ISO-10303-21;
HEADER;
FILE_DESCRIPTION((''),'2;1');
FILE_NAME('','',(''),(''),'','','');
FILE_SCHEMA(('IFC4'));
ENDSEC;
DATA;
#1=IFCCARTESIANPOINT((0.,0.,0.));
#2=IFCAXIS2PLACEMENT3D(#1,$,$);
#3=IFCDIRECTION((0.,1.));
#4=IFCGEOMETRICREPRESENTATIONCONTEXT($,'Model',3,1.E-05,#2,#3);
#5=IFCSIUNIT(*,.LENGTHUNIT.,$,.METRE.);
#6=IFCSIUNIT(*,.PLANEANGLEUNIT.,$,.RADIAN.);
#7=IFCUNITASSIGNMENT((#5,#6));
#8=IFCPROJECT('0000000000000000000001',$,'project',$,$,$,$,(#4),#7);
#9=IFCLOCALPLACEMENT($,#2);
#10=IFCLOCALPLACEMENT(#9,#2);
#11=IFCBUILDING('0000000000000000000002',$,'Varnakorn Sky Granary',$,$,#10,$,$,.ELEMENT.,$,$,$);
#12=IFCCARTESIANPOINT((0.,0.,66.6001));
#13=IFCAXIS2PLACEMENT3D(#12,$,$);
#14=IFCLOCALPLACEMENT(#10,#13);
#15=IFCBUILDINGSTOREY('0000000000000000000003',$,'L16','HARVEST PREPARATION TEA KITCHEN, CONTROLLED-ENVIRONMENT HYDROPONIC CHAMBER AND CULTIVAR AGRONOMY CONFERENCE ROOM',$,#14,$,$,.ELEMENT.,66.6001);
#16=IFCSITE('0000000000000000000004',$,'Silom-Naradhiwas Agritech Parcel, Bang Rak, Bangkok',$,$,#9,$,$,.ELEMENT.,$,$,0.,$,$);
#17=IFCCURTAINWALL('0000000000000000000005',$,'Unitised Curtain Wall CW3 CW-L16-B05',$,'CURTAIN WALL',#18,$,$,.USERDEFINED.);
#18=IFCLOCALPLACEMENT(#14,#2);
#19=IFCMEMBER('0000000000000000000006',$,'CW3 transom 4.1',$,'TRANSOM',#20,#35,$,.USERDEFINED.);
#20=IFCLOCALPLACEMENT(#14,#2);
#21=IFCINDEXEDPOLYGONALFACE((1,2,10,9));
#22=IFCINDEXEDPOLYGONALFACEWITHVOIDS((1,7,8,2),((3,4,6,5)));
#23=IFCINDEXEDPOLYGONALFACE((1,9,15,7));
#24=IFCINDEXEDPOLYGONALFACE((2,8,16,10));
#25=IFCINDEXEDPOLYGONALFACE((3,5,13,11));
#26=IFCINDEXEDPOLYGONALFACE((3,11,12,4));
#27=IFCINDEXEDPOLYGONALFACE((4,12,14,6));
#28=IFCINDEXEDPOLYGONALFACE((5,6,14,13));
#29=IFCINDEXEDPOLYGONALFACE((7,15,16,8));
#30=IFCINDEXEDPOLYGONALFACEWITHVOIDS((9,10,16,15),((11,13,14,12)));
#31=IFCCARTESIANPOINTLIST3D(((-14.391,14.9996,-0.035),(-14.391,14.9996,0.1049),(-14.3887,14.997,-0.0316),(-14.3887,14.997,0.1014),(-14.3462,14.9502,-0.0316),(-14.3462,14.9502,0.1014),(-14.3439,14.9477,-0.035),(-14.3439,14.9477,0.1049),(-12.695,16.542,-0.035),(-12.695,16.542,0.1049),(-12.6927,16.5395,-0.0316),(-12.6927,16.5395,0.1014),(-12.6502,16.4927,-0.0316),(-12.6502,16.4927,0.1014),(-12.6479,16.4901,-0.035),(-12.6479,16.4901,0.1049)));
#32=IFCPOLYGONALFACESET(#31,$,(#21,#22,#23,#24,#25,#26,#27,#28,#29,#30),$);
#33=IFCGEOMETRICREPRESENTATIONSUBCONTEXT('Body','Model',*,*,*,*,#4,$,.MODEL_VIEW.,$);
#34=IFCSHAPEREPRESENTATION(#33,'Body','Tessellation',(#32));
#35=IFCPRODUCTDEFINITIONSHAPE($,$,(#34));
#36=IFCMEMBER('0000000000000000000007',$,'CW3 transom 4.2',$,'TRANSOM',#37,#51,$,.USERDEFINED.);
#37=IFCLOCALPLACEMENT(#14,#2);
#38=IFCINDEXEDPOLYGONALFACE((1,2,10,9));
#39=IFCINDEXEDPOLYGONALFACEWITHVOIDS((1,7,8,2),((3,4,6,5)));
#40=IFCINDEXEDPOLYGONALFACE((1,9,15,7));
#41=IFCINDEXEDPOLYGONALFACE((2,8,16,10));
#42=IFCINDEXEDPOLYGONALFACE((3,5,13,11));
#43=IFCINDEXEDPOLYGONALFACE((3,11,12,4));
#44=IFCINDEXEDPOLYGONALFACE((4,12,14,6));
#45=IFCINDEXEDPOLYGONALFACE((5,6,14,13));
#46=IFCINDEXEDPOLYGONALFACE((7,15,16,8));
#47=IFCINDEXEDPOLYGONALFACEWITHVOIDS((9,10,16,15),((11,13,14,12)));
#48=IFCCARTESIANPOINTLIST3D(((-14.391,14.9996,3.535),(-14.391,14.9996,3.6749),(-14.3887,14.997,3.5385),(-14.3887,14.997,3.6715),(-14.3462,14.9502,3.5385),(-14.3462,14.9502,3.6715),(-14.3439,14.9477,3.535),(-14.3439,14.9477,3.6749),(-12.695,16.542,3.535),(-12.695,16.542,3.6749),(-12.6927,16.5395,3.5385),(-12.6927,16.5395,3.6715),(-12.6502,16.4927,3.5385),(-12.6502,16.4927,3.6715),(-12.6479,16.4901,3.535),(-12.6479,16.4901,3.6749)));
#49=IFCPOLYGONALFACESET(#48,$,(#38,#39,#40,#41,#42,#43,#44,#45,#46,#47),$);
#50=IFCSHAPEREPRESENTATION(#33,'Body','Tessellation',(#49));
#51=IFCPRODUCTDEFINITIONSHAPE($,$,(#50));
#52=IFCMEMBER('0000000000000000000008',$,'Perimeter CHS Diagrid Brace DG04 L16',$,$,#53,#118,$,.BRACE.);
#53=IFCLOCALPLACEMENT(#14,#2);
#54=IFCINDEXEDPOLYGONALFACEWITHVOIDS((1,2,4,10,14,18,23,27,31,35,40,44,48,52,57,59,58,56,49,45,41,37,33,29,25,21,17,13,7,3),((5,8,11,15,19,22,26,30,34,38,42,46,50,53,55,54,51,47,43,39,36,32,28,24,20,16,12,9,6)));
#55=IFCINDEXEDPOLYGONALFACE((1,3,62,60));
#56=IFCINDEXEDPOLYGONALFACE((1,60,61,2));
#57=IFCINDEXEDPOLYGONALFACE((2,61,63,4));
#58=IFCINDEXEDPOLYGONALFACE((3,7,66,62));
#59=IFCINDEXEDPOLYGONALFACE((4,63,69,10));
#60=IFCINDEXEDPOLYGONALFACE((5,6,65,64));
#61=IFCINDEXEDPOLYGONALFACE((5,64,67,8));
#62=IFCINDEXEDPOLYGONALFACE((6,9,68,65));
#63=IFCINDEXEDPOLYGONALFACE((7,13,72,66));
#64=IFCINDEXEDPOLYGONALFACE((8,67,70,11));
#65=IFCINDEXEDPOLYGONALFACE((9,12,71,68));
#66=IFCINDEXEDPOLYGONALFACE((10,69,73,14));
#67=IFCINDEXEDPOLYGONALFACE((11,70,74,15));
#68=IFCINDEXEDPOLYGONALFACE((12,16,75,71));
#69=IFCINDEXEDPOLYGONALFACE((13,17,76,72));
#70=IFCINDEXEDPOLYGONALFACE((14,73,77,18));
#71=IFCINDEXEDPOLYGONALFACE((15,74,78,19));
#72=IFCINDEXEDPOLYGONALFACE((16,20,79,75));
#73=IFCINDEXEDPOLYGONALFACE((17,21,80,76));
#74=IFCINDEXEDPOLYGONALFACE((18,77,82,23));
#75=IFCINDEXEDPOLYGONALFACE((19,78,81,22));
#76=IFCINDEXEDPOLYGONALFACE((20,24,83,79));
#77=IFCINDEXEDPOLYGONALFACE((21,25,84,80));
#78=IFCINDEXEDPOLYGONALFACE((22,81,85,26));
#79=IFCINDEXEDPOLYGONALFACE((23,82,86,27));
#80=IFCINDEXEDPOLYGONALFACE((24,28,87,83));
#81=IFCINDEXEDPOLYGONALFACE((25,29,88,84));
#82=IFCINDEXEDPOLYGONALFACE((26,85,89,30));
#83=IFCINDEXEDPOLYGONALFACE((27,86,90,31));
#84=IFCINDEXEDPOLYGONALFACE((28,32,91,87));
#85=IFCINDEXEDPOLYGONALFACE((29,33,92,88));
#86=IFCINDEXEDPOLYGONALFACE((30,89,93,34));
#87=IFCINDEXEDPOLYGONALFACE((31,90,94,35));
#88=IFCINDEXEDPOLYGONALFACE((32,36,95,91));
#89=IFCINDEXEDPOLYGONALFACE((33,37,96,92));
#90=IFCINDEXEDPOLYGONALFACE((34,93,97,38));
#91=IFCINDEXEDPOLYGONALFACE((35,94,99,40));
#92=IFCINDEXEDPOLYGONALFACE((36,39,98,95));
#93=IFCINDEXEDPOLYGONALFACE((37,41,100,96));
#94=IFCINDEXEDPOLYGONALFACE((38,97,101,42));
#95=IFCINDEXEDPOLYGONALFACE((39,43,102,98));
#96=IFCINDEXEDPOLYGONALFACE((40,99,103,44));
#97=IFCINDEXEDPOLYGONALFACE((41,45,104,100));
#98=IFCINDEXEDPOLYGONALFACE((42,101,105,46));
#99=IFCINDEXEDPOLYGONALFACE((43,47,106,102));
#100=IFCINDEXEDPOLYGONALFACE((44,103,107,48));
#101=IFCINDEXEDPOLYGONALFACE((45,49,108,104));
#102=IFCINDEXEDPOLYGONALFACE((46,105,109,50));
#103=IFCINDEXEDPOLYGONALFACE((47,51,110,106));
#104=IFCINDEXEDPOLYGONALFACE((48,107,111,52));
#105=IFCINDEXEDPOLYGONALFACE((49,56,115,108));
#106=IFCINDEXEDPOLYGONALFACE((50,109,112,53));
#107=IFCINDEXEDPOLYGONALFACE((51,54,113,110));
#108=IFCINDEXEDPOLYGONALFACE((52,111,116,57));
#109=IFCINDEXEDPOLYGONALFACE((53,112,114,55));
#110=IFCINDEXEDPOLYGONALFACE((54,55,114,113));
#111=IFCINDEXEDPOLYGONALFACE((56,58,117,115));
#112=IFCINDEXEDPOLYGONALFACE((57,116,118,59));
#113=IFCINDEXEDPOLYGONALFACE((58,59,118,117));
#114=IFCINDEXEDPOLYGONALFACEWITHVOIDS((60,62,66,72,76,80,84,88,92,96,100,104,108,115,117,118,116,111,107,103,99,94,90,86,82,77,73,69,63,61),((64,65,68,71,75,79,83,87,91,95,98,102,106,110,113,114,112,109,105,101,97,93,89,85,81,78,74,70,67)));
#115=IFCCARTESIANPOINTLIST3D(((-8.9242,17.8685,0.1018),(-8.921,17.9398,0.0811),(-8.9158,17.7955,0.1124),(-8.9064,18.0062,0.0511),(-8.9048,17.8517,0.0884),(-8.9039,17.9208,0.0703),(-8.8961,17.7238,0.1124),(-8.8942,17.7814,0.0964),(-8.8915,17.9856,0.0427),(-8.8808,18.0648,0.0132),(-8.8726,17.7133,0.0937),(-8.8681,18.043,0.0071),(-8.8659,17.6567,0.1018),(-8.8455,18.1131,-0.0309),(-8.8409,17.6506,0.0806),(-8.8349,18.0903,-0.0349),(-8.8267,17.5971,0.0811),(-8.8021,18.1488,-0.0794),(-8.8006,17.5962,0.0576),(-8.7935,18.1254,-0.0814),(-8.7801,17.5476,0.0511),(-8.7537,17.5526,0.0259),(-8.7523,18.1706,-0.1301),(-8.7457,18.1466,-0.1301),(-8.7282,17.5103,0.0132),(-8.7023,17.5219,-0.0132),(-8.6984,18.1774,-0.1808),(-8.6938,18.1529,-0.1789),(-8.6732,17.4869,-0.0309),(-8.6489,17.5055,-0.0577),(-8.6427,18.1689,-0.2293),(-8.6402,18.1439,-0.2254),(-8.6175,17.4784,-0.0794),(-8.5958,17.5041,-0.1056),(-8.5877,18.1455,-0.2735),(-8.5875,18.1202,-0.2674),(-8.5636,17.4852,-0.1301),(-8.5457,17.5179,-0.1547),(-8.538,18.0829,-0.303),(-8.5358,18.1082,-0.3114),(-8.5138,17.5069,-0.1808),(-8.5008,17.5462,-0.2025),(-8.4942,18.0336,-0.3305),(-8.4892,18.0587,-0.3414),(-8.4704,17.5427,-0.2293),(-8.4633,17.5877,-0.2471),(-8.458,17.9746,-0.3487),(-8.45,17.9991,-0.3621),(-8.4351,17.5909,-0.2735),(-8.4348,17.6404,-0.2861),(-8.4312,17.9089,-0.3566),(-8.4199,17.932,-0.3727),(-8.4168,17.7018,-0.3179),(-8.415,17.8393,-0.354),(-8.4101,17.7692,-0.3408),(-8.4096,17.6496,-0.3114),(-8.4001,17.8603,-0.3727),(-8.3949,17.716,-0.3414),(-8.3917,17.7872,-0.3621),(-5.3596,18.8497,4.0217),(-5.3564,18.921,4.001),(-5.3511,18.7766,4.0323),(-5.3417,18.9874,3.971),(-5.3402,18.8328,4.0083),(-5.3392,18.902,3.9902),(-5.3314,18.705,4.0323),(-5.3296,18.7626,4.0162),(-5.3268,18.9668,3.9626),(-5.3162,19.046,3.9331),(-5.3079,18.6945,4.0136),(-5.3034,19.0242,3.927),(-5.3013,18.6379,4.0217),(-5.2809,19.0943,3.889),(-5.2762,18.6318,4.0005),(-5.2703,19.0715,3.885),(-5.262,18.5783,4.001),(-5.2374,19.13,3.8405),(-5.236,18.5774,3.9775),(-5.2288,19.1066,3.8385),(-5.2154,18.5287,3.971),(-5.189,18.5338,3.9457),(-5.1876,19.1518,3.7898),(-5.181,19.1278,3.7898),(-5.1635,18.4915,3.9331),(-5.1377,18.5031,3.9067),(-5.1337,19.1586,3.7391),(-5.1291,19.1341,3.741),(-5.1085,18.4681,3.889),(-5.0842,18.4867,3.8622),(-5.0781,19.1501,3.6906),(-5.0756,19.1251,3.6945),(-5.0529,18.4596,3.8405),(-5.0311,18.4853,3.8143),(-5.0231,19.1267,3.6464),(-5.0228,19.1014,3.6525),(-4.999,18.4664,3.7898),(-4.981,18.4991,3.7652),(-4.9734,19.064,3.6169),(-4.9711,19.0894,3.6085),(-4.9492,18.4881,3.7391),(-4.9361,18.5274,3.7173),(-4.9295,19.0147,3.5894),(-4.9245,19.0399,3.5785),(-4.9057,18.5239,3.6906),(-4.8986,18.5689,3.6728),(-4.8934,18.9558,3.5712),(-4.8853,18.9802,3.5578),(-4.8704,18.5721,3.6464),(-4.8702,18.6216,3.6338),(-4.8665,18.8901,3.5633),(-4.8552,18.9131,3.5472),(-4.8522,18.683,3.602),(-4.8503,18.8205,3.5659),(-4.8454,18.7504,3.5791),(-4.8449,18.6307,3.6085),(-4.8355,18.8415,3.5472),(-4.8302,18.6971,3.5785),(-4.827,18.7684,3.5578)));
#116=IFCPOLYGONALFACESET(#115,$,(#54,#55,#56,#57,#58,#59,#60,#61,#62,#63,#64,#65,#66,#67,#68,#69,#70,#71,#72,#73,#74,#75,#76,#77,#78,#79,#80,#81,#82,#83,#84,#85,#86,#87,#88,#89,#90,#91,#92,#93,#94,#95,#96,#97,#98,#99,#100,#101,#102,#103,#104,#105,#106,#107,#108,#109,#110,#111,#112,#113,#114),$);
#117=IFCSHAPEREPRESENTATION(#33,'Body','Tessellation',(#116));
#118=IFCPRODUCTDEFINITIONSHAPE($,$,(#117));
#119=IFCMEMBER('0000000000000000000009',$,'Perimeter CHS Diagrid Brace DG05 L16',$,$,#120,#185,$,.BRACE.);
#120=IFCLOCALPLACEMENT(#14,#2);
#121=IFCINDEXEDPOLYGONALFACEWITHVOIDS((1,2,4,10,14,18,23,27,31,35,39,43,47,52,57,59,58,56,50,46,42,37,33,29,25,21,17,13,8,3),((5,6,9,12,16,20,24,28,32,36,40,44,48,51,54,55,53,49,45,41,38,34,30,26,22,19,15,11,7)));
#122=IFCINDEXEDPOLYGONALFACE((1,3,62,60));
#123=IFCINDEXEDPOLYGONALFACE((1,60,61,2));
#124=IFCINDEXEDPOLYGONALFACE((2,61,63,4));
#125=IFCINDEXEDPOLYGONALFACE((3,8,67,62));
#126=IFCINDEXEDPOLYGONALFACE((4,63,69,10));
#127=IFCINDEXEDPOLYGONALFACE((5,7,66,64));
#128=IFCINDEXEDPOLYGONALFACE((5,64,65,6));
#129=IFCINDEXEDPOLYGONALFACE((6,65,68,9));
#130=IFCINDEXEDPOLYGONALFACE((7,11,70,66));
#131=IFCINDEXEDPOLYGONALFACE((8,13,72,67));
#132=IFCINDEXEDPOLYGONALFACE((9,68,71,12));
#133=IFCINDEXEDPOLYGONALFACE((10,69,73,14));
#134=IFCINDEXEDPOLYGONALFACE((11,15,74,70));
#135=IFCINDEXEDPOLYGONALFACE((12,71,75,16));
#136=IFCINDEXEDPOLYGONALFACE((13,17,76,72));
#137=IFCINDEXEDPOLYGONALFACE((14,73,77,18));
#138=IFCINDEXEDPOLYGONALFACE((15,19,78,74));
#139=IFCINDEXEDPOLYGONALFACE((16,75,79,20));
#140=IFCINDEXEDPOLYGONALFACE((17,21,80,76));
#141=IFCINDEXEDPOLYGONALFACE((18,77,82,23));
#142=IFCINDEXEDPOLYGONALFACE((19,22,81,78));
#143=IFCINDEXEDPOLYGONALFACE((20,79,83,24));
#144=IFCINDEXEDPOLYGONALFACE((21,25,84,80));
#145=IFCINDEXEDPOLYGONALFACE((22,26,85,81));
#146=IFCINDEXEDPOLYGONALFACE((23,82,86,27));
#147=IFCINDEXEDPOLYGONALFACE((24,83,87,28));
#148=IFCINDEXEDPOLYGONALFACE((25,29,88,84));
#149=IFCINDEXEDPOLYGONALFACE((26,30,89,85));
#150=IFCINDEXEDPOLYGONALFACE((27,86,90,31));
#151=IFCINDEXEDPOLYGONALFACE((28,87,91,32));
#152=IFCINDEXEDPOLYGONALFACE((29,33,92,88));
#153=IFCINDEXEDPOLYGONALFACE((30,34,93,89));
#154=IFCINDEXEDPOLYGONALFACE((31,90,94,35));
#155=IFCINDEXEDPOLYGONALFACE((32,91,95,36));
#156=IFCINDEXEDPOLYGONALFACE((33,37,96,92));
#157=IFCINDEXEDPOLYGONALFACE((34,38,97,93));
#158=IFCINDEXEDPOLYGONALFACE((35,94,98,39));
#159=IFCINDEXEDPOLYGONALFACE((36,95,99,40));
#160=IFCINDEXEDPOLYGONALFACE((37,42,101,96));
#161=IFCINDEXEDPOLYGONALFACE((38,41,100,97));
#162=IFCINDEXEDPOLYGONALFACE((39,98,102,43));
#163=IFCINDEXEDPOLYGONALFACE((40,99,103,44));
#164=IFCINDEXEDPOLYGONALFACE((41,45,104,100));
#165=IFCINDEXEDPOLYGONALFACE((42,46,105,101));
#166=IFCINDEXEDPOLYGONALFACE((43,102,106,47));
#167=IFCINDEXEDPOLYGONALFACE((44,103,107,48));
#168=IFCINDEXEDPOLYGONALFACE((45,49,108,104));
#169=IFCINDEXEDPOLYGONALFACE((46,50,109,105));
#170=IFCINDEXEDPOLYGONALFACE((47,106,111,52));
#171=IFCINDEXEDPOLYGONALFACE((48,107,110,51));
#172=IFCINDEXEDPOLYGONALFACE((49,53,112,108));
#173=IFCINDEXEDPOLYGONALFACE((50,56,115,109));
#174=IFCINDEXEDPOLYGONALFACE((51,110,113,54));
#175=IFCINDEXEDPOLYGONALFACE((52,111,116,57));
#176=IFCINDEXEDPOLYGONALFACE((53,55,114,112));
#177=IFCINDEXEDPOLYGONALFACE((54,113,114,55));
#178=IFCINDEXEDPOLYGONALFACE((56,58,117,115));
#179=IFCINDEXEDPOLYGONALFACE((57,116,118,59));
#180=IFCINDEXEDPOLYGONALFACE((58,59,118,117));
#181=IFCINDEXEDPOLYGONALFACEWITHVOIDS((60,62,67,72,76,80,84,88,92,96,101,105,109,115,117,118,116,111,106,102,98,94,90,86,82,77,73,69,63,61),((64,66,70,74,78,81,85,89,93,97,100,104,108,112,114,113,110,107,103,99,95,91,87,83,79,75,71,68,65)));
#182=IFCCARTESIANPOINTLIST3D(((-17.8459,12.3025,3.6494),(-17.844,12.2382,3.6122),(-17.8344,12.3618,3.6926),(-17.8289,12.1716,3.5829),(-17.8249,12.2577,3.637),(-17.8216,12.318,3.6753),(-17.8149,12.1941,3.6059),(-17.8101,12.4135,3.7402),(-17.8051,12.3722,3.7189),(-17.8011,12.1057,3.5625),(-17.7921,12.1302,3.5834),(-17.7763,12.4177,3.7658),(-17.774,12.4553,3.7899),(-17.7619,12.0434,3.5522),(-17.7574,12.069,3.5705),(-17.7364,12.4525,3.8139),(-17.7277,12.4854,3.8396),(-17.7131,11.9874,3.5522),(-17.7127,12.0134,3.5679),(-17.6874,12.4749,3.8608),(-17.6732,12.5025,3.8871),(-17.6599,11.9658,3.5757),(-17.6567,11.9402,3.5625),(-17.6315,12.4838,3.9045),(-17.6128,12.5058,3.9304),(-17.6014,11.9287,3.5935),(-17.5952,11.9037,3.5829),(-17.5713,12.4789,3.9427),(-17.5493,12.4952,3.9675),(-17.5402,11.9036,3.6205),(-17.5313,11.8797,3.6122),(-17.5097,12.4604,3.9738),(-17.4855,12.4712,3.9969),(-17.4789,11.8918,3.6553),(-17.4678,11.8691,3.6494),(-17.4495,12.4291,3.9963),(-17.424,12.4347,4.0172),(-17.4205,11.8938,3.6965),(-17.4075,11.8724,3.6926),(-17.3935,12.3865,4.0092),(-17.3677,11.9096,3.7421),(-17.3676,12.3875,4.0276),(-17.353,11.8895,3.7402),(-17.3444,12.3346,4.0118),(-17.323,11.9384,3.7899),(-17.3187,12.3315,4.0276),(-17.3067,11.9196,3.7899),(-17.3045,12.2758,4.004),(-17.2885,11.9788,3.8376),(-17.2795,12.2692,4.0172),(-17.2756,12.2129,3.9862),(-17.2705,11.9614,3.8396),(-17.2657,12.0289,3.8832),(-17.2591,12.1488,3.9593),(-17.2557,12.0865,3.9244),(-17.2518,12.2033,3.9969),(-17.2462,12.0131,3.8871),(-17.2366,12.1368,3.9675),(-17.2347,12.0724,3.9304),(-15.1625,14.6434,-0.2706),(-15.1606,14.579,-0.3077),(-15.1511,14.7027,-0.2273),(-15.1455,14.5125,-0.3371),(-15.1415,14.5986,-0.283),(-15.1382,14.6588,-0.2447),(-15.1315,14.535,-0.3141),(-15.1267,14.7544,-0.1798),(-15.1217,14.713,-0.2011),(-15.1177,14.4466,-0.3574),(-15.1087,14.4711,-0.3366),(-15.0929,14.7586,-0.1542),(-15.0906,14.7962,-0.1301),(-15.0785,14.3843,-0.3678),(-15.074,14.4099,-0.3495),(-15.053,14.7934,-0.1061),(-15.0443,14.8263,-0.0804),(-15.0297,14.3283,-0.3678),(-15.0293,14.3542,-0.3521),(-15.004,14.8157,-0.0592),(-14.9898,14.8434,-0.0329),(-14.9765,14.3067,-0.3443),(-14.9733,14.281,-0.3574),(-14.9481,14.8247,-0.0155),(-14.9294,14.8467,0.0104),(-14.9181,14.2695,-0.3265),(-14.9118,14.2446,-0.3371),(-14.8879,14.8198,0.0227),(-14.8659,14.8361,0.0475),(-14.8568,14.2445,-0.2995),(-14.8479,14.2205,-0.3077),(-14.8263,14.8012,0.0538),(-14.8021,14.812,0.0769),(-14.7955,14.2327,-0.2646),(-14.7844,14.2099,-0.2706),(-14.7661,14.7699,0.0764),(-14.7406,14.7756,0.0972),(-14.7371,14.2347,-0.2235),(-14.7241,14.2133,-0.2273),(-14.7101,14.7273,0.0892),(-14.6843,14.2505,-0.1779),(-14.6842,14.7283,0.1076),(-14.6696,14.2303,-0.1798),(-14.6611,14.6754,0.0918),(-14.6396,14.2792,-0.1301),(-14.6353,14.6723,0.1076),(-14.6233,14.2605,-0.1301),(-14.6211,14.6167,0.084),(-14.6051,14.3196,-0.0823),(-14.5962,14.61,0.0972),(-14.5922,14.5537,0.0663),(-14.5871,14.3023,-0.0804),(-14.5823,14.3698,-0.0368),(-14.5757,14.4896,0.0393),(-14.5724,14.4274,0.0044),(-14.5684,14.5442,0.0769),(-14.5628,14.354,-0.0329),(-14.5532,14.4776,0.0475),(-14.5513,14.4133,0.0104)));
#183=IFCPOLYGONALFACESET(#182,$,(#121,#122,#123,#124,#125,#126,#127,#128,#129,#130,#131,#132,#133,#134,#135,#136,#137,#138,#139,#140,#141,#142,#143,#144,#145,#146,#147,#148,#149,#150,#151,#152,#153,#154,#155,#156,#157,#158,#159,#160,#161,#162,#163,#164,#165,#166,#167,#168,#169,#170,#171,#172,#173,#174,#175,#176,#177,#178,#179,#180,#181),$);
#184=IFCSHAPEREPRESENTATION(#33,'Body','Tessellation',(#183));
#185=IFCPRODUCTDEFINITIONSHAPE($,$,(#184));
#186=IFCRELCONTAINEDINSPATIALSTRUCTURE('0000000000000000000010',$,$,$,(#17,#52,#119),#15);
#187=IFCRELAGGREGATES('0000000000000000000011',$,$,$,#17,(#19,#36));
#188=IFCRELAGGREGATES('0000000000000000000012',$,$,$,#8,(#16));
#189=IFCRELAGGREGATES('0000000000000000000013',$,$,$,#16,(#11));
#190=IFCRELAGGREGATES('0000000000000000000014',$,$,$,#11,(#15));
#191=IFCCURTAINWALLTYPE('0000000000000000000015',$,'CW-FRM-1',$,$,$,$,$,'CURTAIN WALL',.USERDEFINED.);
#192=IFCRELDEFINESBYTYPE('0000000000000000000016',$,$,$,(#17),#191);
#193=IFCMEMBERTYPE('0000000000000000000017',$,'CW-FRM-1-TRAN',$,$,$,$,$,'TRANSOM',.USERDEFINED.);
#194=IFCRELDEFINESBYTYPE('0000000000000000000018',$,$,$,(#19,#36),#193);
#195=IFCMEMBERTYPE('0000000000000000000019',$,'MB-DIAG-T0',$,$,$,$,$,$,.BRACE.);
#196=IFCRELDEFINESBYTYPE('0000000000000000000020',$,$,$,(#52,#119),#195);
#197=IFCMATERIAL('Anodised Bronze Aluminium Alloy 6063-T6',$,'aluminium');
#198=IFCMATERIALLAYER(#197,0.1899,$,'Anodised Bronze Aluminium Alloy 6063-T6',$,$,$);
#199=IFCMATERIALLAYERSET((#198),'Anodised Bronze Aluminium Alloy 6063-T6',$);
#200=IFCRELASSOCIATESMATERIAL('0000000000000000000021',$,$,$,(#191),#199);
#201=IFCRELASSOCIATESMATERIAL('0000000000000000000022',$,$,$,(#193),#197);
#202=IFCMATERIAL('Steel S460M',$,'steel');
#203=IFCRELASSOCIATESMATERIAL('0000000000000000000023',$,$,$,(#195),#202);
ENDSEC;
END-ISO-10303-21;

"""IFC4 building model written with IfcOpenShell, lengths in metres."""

from ifc_helpers import new_model, si_unit, direction, frame, origin, origin_2d, place, context, subcontext, project, spatial, hollow_rectangle, hollow_circle, extrude, material, layer, layer_set, material_profile, profile_set, type_object, element, aggregate, save


model = new_model("IFC4")

# Units and contexts
model_context = context("Model", 3, precision=1e-05, world=origin(), true_north=direction((0.0, 1.0)))
body_context = subcontext(model_context, "Body", "Model", "MODEL_VIEW")
ifc_project = project(units=[si_unit("LENGTHUNIT", "METRE"), si_unit("PLANEANGLEUNIT", "RADIAN")], contexts=[model_context])

# Site, building, storey
site_placement = place(None, origin())
site = spatial("IfcSite", under=ifc_project, at=site_placement, Name="Silom-Naradhiwas Agritech Parcel, Bang Rak, Bangkok", CompositionType="ELEMENT", RefElevation=0.0)
building_placement = place(site_placement, origin())
building = spatial("IfcBuilding", under=site, at=building_placement, Name="Varnakorn Sky Granary", CompositionType="ELEMENT")
storey_placement = place(building_placement, frame((0.0, 0.0, 66.6001)))
storey = spatial("IfcBuildingStorey", under=building, at=storey_placement, Name="L16", Description="HARVEST PREPARATION TEA KITCHEN, CONTROLLED-ENVIRONMENT HYDROPONIC CHAMBER AND CULTIVAR AGRONOMY CONFERENCE ROOM", CompositionType="ELEMENT", Elevation=66.6001)

# Shared definitions
ifc_material_1 = material(Name="Steel S460M", Category="steel")

# Curtain wall
ifc_material_2 = material(Name="Anodised Bronze Aluminium Alloy 6063-T6", Category="aluminium")
ifc_layer_1 = layer(ifc_material_2, 0.1899, Name="Anodised Bronze Aluminium Alloy 6063-T6")
ifc_layer_set_1 = layer_set([ifc_layer_1], Name="Anodised Bronze Aluminium Alloy 6063-T6")
curtain_wall_type = type_object("IfcCurtainWallType", Name="CW-FRM-1", ElementType="CURTAIN WALL", PredefinedType="USERDEFINED", material=ifc_layer_set_1)
curtain_wall_1_placement = place(storey_placement, origin())
curtain_wall_1 = element("IfcCurtainWall", 1, at=curtain_wall_1_placement, inside=storey, type_object=curtain_wall_type, Name="Unitised Curtain Wall CW3 CW-L16-B05", ObjectType="CURTAIN WALL", PredefinedType="USERDEFINED")

# Members
ifc_material_profile_1 = material_profile(ifc_material_2, hollow_rectangle(XDim=0.0701, YDim=0.1399, WallThickness=0.0034, at=origin_2d()), Name="ALU TRAN 70x140")
ifc_profile_set_1 = profile_set([ifc_material_profile_1], Name="Anodised Bronze Aluminium Alloy 6063-T6")
member_type_1 = type_object("IfcMemberType", Name="CW-FRM-1-TRAN", ElementType="TRANSOM", PredefinedType="USERDEFINED", material=ifc_profile_set_1)
member_1_placement = place(storey_placement, frame((-14.3674, 14.9736, 0.0349), z_axis=(0.739805, 0.672821, 0.0), x_axis=(-0.672821, 0.739805, 0.0)))
member_1 = element("IfcMember", 2, at=member_1_placement, type_object=member_type_1, Name="CW3 transom 4.1", ObjectType="TRANSOM", PredefinedType="USERDEFINED", context=body_context, shape_type="SweptSolid", body=[
    extrude(hollow_rectangle(XDim=0.0701, YDim=0.1399, WallThickness=0.0034, at=origin_2d()), origin(), (0.0, 0.0, 1.0), 2.2925),
])
member_2_placement = place(storey_placement, frame((-14.3674, 14.9736, 3.605), z_axis=(0.739805, 0.672821, 0.0), x_axis=(-0.672821, 0.739805, 0.0)))
member_2 = element("IfcMember", 3, at=member_2_placement, type_object=member_type_1, Name="CW3 transom 4.2", ObjectType="TRANSOM", PredefinedType="USERDEFINED", context=body_context, shape_type="SweptSolid", body=[
    extrude(hollow_rectangle(XDim=0.0701, YDim=0.1399, WallThickness=0.0034, at=origin_2d()), origin(), (0.0, 0.0, 1.0), 2.2925),
])

# Members
ifc_material_profile_2 = material_profile(ifc_material_1, hollow_circle(Radius=0.3555, WallThickness=0.0249, at=origin_2d()), Name="CHS 711x25")
ifc_profile_set_2 = profile_set([ifc_material_profile_2], Name="Steel S460M")
member_type_2 = type_object("IfcMemberType", Name="MB-DIAG-T0", PredefinedType="BRACE", material=ifc_profile_set_2)
member_3_placement = place(storey_placement, frame((-8.658, 17.8279, -0.1301), z_axis=(0.661542, 0.182093, 0.727465), x_axis=(-0.265385, 0.964142, 0.0)))
element("IfcMember", 4, at=member_3_placement, inside=storey, type_object=member_type_2, Name="Perimeter CHS Diagrid Brace DG04 L16", PredefinedType="BRACE", context=body_context, shape_type="SweptSolid", body=[
    extrude(hollow_circle(Radius=0.3555, WallThickness=0.0249, at=origin_2d()), origin(), (0.0, 0.0, 1.0), 5.3884),
])
member_4_placement = place(storey_placement, frame((-14.8569, 14.5283, -0.1301), z_axis=(-0.506693, -0.442014, 0.740193), x_axis=(0.657373, -0.753565, 0.0)))
element("IfcMember", 5, at=member_4_placement, inside=storey, type_object=member_type_2, Name="Perimeter CHS Diagrid Brace DG05 L16", PredefinedType="BRACE", context=body_context, shape_type="SweptSolid", body=[
    extrude(hollow_circle(Radius=0.3555, WallThickness=0.0249, at=origin_2d()), origin(), (0.0, 0.0, 1.0), 5.2959),
])

aggregate(curtain_wall_1, [member_1, member_2])

save(model, "model.ifc")
